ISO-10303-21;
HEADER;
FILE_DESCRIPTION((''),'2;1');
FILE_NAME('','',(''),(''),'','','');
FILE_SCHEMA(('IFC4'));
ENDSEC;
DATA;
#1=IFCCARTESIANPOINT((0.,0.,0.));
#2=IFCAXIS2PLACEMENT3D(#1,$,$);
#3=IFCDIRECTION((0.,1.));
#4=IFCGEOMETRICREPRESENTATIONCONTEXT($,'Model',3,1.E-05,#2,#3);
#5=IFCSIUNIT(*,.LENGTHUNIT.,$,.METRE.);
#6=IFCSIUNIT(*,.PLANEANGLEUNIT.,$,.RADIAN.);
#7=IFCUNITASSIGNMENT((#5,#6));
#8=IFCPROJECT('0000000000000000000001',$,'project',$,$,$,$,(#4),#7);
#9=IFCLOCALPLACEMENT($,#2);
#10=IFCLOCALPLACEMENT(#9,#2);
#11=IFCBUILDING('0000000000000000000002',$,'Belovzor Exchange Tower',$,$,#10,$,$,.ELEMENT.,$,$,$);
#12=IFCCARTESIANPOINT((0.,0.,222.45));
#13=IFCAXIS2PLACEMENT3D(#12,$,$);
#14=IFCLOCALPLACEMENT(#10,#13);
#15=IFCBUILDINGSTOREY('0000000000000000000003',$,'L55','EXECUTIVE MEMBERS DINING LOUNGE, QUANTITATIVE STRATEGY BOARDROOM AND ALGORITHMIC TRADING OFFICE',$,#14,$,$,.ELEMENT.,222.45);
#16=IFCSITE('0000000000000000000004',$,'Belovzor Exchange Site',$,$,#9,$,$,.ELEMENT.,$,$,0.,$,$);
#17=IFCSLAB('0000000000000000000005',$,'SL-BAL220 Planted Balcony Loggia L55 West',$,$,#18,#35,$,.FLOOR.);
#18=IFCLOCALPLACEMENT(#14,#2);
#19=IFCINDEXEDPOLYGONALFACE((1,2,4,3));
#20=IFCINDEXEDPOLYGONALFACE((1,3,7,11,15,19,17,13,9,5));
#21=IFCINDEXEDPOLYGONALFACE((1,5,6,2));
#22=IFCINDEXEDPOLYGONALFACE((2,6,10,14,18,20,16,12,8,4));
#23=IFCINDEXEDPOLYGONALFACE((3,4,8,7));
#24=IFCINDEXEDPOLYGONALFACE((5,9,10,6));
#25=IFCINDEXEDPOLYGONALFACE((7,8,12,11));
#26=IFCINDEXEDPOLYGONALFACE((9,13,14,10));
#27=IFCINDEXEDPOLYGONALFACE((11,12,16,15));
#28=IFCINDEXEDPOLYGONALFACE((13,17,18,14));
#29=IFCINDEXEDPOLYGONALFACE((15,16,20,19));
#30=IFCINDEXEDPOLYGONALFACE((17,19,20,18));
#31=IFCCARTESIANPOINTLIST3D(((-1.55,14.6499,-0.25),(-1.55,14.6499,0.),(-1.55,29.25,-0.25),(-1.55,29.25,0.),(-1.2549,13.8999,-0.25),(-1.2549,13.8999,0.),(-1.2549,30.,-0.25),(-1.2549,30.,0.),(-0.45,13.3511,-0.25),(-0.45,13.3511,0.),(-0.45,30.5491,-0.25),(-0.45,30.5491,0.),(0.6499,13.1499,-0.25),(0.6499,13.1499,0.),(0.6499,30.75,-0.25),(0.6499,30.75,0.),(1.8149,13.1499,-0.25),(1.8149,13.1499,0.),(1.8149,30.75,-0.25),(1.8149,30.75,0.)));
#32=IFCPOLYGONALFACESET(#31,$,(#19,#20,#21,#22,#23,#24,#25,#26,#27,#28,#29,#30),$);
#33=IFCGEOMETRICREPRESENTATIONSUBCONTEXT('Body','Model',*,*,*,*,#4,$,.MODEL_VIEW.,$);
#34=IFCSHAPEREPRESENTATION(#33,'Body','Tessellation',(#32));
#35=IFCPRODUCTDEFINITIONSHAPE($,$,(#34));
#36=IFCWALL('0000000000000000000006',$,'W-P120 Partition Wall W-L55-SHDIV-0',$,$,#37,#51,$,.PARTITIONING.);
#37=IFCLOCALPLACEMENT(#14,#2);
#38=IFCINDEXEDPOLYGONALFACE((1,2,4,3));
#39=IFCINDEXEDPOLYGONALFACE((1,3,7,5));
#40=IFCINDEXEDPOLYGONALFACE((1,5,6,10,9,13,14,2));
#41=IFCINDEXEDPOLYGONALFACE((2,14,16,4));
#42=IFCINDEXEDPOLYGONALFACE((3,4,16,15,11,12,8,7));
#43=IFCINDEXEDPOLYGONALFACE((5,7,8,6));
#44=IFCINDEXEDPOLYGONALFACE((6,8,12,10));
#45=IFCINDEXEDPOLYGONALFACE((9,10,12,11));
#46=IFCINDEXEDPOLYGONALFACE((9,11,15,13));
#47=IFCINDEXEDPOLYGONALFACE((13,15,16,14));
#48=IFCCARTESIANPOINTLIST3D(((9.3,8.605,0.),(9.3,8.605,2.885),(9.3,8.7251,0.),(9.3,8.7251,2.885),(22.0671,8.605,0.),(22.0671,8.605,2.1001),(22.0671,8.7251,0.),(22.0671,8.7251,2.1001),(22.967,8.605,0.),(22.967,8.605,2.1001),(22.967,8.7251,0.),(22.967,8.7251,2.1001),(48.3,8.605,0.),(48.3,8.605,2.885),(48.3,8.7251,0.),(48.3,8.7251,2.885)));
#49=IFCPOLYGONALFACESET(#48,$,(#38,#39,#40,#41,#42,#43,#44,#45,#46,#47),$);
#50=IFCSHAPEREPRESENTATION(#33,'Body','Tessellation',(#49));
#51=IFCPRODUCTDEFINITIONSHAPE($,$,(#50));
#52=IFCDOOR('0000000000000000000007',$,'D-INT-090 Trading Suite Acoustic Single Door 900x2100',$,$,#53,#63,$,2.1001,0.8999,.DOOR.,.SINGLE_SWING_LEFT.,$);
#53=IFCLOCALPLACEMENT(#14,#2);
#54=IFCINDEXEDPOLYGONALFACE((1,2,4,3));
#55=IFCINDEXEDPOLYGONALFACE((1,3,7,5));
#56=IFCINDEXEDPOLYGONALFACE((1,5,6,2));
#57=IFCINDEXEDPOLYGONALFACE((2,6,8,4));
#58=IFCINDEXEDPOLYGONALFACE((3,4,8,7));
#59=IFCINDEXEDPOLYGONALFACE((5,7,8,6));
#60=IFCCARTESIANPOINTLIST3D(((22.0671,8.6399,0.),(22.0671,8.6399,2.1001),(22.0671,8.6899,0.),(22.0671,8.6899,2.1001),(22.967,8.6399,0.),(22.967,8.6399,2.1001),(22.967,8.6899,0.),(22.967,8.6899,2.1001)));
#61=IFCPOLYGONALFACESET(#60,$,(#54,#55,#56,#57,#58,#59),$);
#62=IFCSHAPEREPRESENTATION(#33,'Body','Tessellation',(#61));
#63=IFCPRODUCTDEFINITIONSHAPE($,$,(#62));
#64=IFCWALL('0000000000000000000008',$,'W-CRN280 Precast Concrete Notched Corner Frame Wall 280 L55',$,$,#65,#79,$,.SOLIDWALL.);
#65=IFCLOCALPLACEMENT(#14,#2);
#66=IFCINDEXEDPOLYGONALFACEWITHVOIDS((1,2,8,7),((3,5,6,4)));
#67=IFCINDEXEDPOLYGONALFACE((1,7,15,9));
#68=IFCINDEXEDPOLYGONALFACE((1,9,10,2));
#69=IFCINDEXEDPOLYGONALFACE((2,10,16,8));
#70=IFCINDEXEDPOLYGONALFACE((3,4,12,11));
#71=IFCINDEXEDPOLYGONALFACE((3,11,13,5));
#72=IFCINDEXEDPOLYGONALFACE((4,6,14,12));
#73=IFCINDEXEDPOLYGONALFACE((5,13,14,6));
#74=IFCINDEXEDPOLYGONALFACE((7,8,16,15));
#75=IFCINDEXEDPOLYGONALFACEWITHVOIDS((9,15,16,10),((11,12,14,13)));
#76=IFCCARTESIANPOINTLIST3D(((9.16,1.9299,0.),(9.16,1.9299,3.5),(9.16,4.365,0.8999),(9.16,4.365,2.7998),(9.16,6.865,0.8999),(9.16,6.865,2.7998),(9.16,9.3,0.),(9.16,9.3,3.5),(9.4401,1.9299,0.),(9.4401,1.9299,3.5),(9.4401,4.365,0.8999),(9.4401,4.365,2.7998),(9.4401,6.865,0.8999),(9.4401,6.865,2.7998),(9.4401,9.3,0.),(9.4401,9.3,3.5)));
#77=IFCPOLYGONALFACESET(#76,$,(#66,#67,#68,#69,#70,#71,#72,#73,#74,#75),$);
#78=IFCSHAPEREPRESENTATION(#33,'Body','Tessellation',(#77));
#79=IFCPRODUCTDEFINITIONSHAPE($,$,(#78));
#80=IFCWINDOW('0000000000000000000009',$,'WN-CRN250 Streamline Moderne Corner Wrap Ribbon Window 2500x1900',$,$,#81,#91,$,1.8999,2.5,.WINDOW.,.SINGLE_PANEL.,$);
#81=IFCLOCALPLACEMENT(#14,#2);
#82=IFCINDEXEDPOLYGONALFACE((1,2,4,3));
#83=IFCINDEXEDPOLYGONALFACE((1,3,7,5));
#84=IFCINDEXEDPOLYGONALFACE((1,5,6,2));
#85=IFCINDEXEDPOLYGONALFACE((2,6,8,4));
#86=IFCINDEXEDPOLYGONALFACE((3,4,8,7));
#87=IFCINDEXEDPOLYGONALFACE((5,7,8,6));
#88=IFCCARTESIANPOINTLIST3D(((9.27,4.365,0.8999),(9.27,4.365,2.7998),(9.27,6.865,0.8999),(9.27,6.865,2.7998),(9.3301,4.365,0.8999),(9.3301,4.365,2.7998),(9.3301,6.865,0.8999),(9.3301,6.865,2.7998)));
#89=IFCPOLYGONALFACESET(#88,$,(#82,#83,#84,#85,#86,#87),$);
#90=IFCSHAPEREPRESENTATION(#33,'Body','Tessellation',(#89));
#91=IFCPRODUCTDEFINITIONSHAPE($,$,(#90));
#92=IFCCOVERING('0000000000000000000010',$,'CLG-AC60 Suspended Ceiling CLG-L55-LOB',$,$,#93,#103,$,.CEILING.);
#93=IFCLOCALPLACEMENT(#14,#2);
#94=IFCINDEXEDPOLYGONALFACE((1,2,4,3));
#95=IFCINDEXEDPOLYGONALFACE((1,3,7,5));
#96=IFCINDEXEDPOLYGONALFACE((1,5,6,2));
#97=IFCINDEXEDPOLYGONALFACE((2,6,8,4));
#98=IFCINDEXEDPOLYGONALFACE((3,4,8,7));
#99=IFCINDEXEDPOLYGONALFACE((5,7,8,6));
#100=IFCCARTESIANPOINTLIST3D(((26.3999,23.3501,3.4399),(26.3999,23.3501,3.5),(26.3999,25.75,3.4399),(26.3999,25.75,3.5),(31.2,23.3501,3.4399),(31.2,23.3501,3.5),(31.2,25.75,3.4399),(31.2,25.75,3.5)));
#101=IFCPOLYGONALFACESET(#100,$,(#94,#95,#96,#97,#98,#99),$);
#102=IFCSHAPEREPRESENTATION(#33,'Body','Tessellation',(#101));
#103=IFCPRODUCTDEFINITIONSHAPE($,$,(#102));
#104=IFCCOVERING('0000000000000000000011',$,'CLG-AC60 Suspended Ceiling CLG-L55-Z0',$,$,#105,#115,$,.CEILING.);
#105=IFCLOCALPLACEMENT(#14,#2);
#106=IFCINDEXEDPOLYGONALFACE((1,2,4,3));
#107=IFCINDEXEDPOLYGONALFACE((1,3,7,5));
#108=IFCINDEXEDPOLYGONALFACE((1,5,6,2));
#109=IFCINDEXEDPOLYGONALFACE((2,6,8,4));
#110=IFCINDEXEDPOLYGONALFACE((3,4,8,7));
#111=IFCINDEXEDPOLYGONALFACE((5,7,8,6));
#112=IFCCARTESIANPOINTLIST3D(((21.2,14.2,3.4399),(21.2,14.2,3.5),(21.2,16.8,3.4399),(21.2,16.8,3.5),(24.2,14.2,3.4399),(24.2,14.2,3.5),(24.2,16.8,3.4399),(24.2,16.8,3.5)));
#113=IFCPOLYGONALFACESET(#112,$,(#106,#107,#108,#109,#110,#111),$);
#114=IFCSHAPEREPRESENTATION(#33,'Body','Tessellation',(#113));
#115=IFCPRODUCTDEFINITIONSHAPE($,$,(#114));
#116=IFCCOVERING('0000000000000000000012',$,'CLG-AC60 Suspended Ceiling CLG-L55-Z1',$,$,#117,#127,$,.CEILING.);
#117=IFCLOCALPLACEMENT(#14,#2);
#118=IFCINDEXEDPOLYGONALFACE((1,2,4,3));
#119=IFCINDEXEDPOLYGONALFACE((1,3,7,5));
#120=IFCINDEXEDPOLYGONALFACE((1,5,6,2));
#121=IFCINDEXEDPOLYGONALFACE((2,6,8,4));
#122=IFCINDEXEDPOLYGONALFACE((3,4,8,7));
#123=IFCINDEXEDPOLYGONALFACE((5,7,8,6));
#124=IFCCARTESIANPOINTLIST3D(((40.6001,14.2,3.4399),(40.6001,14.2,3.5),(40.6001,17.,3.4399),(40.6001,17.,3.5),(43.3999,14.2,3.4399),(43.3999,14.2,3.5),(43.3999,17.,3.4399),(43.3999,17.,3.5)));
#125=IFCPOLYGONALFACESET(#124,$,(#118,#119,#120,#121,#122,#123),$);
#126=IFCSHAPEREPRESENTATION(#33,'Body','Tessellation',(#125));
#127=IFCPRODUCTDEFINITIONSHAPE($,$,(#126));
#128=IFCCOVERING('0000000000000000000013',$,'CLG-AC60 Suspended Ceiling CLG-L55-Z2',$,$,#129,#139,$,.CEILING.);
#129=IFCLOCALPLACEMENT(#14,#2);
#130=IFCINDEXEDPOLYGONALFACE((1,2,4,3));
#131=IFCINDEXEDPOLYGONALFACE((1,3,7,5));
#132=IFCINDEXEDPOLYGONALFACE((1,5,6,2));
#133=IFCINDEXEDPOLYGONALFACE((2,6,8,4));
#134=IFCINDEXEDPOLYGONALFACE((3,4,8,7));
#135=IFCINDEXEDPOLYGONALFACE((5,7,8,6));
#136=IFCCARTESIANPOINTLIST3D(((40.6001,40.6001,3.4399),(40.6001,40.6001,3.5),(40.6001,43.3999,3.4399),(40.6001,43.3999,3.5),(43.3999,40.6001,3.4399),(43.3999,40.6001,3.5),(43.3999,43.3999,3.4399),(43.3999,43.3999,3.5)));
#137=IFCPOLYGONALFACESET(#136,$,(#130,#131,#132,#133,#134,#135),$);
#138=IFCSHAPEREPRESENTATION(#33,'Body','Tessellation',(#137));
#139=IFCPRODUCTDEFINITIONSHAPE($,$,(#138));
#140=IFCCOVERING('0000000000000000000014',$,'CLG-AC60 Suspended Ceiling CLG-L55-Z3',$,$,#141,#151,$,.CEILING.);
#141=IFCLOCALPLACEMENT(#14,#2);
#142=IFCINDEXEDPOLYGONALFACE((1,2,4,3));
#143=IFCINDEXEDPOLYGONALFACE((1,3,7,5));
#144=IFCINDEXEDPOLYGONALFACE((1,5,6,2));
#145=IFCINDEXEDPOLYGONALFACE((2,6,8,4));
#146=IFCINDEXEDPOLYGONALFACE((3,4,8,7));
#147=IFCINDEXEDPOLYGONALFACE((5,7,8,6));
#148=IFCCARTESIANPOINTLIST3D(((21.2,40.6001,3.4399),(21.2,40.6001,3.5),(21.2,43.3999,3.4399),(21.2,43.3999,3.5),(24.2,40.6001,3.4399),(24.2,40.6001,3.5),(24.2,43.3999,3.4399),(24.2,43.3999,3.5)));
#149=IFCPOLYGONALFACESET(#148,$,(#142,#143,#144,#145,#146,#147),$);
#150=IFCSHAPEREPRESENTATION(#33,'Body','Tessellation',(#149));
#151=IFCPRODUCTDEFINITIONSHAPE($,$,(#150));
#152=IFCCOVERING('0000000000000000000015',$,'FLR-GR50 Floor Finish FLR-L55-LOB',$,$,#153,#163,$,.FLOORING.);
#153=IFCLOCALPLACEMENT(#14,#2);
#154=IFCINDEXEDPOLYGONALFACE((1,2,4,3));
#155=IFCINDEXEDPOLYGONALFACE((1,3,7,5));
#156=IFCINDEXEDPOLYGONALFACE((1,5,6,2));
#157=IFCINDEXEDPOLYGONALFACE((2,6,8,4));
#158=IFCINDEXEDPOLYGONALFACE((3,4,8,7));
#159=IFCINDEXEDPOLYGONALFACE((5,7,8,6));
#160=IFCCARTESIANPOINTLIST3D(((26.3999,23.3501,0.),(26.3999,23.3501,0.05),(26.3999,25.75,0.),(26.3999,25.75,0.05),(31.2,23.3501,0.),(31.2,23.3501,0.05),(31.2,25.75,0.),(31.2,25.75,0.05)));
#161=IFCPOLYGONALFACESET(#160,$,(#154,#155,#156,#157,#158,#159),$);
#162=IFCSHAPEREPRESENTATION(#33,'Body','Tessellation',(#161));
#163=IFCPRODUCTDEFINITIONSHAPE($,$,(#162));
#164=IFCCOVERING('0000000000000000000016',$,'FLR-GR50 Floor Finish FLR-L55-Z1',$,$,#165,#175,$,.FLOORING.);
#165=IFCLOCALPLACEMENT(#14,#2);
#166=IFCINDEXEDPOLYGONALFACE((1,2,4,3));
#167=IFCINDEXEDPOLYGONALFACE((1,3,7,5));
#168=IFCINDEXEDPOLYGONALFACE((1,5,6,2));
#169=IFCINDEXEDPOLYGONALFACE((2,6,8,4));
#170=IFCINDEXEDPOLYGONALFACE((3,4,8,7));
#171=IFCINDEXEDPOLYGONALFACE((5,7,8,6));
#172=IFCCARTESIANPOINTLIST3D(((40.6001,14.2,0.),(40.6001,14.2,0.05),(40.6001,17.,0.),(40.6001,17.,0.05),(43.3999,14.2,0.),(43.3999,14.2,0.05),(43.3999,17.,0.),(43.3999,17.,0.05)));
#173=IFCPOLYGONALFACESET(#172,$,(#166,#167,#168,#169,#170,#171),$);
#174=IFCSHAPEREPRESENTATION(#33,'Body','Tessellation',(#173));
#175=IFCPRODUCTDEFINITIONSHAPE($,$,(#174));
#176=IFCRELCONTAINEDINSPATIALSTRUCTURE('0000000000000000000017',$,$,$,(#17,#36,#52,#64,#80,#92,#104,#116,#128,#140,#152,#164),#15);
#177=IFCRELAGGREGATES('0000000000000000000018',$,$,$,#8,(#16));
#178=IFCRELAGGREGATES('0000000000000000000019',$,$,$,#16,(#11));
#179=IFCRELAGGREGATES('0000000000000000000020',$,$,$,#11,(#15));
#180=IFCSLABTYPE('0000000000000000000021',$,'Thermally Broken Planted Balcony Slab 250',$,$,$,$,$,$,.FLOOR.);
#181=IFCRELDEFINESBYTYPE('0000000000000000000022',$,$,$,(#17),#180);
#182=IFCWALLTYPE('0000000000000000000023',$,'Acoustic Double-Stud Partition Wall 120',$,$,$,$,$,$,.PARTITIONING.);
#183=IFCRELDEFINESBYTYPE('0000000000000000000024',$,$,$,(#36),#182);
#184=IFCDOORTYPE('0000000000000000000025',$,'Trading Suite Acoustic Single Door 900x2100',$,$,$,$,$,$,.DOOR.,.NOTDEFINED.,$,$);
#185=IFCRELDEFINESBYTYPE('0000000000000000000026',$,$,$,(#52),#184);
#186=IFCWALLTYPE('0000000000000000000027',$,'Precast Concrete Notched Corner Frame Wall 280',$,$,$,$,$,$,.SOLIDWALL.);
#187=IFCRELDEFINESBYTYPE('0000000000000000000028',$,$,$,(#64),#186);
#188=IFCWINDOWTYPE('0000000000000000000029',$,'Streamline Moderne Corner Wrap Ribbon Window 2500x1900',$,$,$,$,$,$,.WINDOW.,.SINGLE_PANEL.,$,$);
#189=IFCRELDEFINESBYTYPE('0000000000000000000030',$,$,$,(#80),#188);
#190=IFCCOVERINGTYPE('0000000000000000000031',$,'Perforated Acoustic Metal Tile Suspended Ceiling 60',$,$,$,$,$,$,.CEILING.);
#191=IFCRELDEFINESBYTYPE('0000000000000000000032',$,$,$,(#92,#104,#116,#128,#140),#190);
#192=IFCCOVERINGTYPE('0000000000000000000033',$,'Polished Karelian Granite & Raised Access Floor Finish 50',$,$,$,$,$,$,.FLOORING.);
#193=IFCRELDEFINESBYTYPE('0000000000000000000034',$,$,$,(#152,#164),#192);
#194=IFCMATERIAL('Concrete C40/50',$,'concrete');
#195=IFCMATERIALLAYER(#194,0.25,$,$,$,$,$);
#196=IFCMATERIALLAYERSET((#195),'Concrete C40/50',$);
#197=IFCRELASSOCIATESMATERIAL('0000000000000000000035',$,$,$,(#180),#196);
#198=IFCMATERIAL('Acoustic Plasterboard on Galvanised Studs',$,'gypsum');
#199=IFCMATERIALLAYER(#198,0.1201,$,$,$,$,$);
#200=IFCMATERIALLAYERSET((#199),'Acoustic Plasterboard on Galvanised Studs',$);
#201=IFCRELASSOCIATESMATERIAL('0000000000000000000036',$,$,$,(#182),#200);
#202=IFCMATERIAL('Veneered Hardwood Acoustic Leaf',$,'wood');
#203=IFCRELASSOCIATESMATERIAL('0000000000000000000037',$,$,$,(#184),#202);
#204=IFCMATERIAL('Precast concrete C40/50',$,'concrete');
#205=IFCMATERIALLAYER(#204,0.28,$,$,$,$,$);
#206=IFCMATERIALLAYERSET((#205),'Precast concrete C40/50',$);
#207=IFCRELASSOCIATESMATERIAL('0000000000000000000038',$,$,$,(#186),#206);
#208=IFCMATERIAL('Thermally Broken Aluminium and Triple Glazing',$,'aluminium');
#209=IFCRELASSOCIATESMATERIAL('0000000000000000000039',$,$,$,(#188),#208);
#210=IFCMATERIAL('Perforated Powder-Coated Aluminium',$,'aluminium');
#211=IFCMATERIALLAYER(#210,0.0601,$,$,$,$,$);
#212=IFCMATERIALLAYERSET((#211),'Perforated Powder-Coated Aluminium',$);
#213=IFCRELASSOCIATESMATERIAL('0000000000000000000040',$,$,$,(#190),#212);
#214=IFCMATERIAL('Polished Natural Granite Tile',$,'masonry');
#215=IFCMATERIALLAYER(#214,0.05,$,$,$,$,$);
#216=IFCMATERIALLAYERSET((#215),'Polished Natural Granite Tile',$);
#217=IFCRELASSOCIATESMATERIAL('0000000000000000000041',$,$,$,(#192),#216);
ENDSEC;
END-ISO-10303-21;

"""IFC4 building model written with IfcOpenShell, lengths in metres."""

from ifc_helpers import new_model, si_unit, direction, frame, frame_2d, origin, place, context, subcontext, project, spatial, polyline, rectangle, outline, extrude, material, layer, layer_set, type_object, element, fill, save


model = new_model("IFC4")

# Units and contexts
model_context = context("Model", 3, precision=1e-05, world=origin(), true_north=direction((0.0, 1.0)))
body_context = subcontext(model_context, "Body", "Model", "MODEL_VIEW")
ifc_project = project(units=[si_unit("LENGTHUNIT", "METRE"), si_unit("PLANEANGLEUNIT", "RADIAN")], contexts=[model_context])

# Site, building, storey
site_placement = place(None, origin())
site = spatial("IfcSite", under=ifc_project, at=site_placement, Name="Belovzor Exchange Site", CompositionType="ELEMENT", RefElevation=0.0)
building_placement = place(site_placement, origin())
building = spatial("IfcBuilding", under=site, at=building_placement, Name="Belovzor Exchange Tower", CompositionType="ELEMENT")
storey_placement = place(building_placement, frame((0.0, 0.0, 222.45)))
storey = spatial("IfcBuildingStorey", under=building, at=storey_placement, Name="L55", Description="EXECUTIVE MEMBERS DINING LOUNGE, QUANTITATIVE STRATEGY BOARDROOM AND ALGORITHMIC TRADING OFFICE", CompositionType="ELEMENT", Elevation=222.45)

# Slab
ifc_material_1 = material(Name="Concrete C40/50", Category="concrete")
ifc_layer_1 = layer(ifc_material_1, 0.25)
ifc_layer_set_1 = layer_set([ifc_layer_1], Name="Concrete C40/50")
slab_type_1 = type_object("IfcSlabType", Name="Thermally Broken Planted Balcony Slab 250", PredefinedType="FLOOR", material=ifc_layer_set_1)
slab_1_placement = place(storey_placement, frame((0.0, 0.0, -0.25)))
element("IfcSlab", 1, at=slab_1_placement, inside=storey, type_object=slab_type_1, Name="SL-BAL220 Planted Balcony Loggia L55 West", PredefinedType="FLOOR", context=body_context, shape_type="SweptSolid", body=[
    extrude(outline(polyline([(1.8149, 30.75), (0.6499, 30.75), (-0.45, 30.5491), (-1.2549, 30.0), (-1.55, 29.25), (-1.55, 14.6499), (-1.2549, 13.8999), (-0.45, 13.3511), (0.6499, 13.1499), (1.8149, 13.1499), (1.8149, 30.75)])), origin(), (0.0, 0.0, 1.0), 0.25),
])

# Wall, opening, door
ifc_material_2 = material(Name="Acoustic Plasterboard on Galvanised Studs", Category="gypsum")
ifc_layer_2 = layer(ifc_material_2, 0.1201)
ifc_layer_set_2 = layer_set([ifc_layer_2], Name="Acoustic Plasterboard on Galvanised Studs")
wall_type_1 = type_object("IfcWallType", Name="Acoustic Double-Stud Partition Wall 120", PredefinedType="PARTITIONING", material=ifc_layer_set_2)
wall_1_placement = place(storey_placement, frame((9.3, 8.665, 0.0), z_axis=(0.0, 0.0, 1.0), x_axis=(1.0, 0.0, 0.0)))
wall_1 = element("IfcWall", 2, at=wall_1_placement, inside=storey, type_object=wall_type_1, Name="W-P120 Partition Wall W-L55-SHDIV-0", PredefinedType="PARTITIONING", context=body_context, shape_type="SweptSolid", body=[
    extrude(rectangle(XDim=39.0, YDim=0.1201, at=frame_2d((19.5, 0.0))), origin(), (0.0, 0.0, 1.0), 2.885),
])
opening_1_placement = place(wall_1_placement, frame((12.7671, 0.0, 0.0)))
opening_1 = element("IfcOpeningElement", 3, at=opening_1_placement, cuts=wall_1, PredefinedType="OPENING", context=body_context, shape_type="SweptSolid", body=[
    extrude(rectangle(XDim=0.8999, YDim=2.1001, at=frame_2d((0.45, 1.05))), frame((0.0, 0.0701, 0.0), z_axis=(0.0, -1.0, 0.0), x_axis=(1.0, 0.0, 0.0)), (0.0, 0.0, 1.0), 0.1401),
])
ifc_material_3 = material(Name="Veneered Hardwood Acoustic Leaf", Category="wood")
door_type = type_object("IfcDoorType", Name="Trading Suite Acoustic Single Door 900x2100", OperationType="NOTDEFINED", PredefinedType="DOOR", material=ifc_material_3)
door_placement = place(opening_1_placement, origin())
door = element("IfcDoor", 4, at=door_placement, inside=storey, type_object=door_type, Name="D-INT-090 Trading Suite Acoustic Single Door 900x2100", OperationType="SINGLE_SWING_LEFT", OverallHeight=2.1001, OverallWidth=0.8999, PredefinedType="DOOR", context=body_context, shape_type="SweptSolid", body=[
    extrude(rectangle(XDim=0.8999, YDim=2.1001, at=frame_2d((0.45, 1.05))), frame((0.0, 0.0249, 0.0), z_axis=(0.0, -1.0, 0.0), x_axis=(1.0, 0.0, 0.0)), (0.0, 0.0, 1.0), 0.05),
])
fill(opening_1, door)

# Wall, opening, window
ifc_material_4 = material(Name="Precast concrete C40/50", Category="concrete")
ifc_layer_3 = layer(ifc_material_4, 0.28)
ifc_layer_set_3 = layer_set([ifc_layer_3], Name="Precast concrete C40/50")
wall_type_2 = type_object("IfcWallType", Name="Precast Concrete Notched Corner Frame Wall 280", PredefinedType="SOLIDWALL", material=ifc_layer_set_3)
wall_2_placement = place(storey_placement, frame((9.3, 1.9299, 0.0), z_axis=(0.0, 0.0, 1.0), x_axis=(0.0, 1.0, 0.0)))
wall_2 = element("IfcWall", 5, at=wall_2_placement, inside=storey, type_object=wall_type_2, Name="W-CRN280 Precast Concrete Notched Corner Frame Wall 280 L55", PredefinedType="SOLIDWALL", context=body_context, shape_type="SweptSolid", body=[
    extrude(rectangle(XDim=7.3701, YDim=0.28, at=frame_2d((3.6851, 0.0))), origin(), (0.0, 0.0, 1.0), 3.5),
])
opening_2_placement = place(wall_2_placement, frame((2.4351, 0.0, 0.8999)))
opening_2 = element("IfcOpeningElement", 6, at=opening_2_placement, cuts=wall_2, PredefinedType="OPENING", context=body_context, shape_type="SweptSolid", body=[
    extrude(rectangle(XDim=2.5, YDim=1.8999, at=frame_2d((1.25, 0.95))), frame((0.0, 0.1499, 0.0), z_axis=(0.0, -1.0, 0.0), x_axis=(1.0, 0.0, 0.0)), (0.0, 0.0, 1.0), 0.3),
])
ifc_material_5 = material(Name="Thermally Broken Aluminium and Triple Glazing", Category="aluminium")
window_type = type_object("IfcWindowType", Name="Streamline Moderne Corner Wrap Ribbon Window 2500x1900", PartitioningType="SINGLE_PANEL", PredefinedType="WINDOW", material=ifc_material_5)
window_placement = place(opening_2_placement, origin())
window = element("IfcWindow", 7, at=window_placement, inside=storey, type_object=window_type, Name="WN-CRN250 Streamline Moderne Corner Wrap Ribbon Window 2500x1900", OverallHeight=1.8999, OverallWidth=2.5, PartitioningType="SINGLE_PANEL", PredefinedType="WINDOW", context=body_context, shape_type="SweptSolid", body=[
    extrude(rectangle(XDim=2.5, YDim=1.8999, at=frame_2d((1.25, 0.95))), frame((0.0, 0.03, 0.0), z_axis=(0.0, -1.0, 0.0), x_axis=(1.0, 0.0, 0.0)), (0.0, 0.0, 1.0), 0.0601),
])
fill(opening_2, window)

# Coverings
ifc_material_6 = material(Name="Perforated Powder-Coated Aluminium", Category="aluminium")
ifc_layer_4 = layer(ifc_material_6, 0.0601)
ifc_layer_set_4 = layer_set([ifc_layer_4], Name="Perforated Powder-Coated Aluminium")
covering_type_1 = type_object("IfcCoveringType", Name="Perforated Acoustic Metal Tile Suspended Ceiling 60", PredefinedType="CEILING", material=ifc_layer_set_4)
covering_1_placement = place(storey_placement, frame((0.0, 0.0, 3.4399)))
element("IfcCovering", 8, at=covering_1_placement, inside=storey, type_object=covering_type_1, Name="CLG-AC60 Suspended Ceiling CLG-L55-LOB", PredefinedType="CEILING", context=body_context, shape_type="SweptSolid", body=[
    extrude(outline(polyline([(26.3999, 23.3501), (31.2, 23.3501), (31.2, 25.75), (26.3999, 25.75), (26.3999, 23.3501)])), origin(), (0.0, 0.0, 1.0), 0.0601),
])
covering_2_placement = place(storey_placement, frame((0.0, 0.0, 3.4399)))
element("IfcCovering", 9, at=covering_2_placement, inside=storey, type_object=covering_type_1, Name="CLG-AC60 Suspended Ceiling CLG-L55-Z0", PredefinedType="CEILING", context=body_context, shape_type="SweptSolid", body=[
    extrude(outline(polyline([(21.2, 14.2), (24.2, 14.2), (24.2, 16.8), (21.2, 16.8), (21.2, 14.2)])), origin(), (0.0, 0.0, 1.0), 0.0601),
])
covering_3_placement = place(storey_placement, frame((0.0, 0.0, 3.4399)))
element("IfcCovering", 10, at=covering_3_placement, inside=storey, type_object=covering_type_1, Name="CLG-AC60 Suspended Ceiling CLG-L55-Z1", PredefinedType="CEILING", context=body_context, shape_type="SweptSolid", body=[
    extrude(outline(polyline([(40.6001, 14.2), (43.3999, 14.2), (43.3999, 17.0), (40.6001, 17.0), (40.6001, 14.2)])), origin(), (0.0, 0.0, 1.0), 0.0601),
])
covering_4_placement = place(storey_placement, frame((0.0, 0.0, 3.4399)))
element("IfcCovering", 11, at=covering_4_placement, inside=storey, type_object=covering_type_1, Name="CLG-AC60 Suspended Ceiling CLG-L55-Z2", PredefinedType="CEILING", context=body_context, shape_type="SweptSolid", body=[
    extrude(outline(polyline([(40.6001, 40.6001), (43.3999, 40.6001), (43.3999, 43.3999), (40.6001, 43.3999), (40.6001, 40.6001)])), origin(), (0.0, 0.0, 1.0), 0.0601),
])
covering_5_placement = place(storey_placement, frame((0.0, 0.0, 3.4399)))
element("IfcCovering", 12, at=covering_5_placement, inside=storey, type_object=covering_type_1, Name="CLG-AC60 Suspended Ceiling CLG-L55-Z3", PredefinedType="CEILING", context=body_context, shape_type="SweptSolid", body=[
    extrude(outline(polyline([(21.2, 40.6001), (24.2, 40.6001), (24.2, 43.3999), (21.2, 43.3999), (21.2, 40.6001)])), origin(), (0.0, 0.0, 1.0), 0.0601),
])
ifc_material_7 = material(Name="Polished Natural Granite Tile", Category="masonry")
ifc_layer_5 = layer(ifc_material_7, 0.05)
ifc_layer_set_5 = layer_set([ifc_layer_5], Name="Polished Natural Granite Tile")
covering_type_2 = type_object("IfcCoveringType", Name="Polished Karelian Granite & Raised Access Floor Finish 50", PredefinedType="FLOORING", material=ifc_layer_set_5)
covering_6_placement = place(storey_placement, origin())
element("IfcCovering", 13, at=covering_6_placement, inside=storey, type_object=covering_type_2, Name="FLR-GR50 Floor Finish FLR-L55-LOB", PredefinedType="FLOORING", context=body_context, shape_type="SweptSolid", body=[
    extrude(outline(polyline([(26.3999, 23.3501), (31.2, 23.3501), (31.2, 25.75), (26.3999, 25.75), (26.3999, 23.3501)])), origin(), (0.0, 0.0, 1.0), 0.05),
])
covering_7_placement = place(storey_placement, origin())
element("IfcCovering", 14, at=covering_7_placement, inside=storey, type_object=covering_type_2, Name="FLR-GR50 Floor Finish FLR-L55-Z1", PredefinedType="FLOORING", context=body_context, shape_type="SweptSolid", body=[
    extrude(outline(polyline([(40.6001, 14.2), (43.3999, 14.2), (43.3999, 17.0), (40.6001, 17.0), (40.6001, 14.2)])), origin(), (0.0, 0.0, 1.0), 0.05),
])

save(model, "model.ifc")
